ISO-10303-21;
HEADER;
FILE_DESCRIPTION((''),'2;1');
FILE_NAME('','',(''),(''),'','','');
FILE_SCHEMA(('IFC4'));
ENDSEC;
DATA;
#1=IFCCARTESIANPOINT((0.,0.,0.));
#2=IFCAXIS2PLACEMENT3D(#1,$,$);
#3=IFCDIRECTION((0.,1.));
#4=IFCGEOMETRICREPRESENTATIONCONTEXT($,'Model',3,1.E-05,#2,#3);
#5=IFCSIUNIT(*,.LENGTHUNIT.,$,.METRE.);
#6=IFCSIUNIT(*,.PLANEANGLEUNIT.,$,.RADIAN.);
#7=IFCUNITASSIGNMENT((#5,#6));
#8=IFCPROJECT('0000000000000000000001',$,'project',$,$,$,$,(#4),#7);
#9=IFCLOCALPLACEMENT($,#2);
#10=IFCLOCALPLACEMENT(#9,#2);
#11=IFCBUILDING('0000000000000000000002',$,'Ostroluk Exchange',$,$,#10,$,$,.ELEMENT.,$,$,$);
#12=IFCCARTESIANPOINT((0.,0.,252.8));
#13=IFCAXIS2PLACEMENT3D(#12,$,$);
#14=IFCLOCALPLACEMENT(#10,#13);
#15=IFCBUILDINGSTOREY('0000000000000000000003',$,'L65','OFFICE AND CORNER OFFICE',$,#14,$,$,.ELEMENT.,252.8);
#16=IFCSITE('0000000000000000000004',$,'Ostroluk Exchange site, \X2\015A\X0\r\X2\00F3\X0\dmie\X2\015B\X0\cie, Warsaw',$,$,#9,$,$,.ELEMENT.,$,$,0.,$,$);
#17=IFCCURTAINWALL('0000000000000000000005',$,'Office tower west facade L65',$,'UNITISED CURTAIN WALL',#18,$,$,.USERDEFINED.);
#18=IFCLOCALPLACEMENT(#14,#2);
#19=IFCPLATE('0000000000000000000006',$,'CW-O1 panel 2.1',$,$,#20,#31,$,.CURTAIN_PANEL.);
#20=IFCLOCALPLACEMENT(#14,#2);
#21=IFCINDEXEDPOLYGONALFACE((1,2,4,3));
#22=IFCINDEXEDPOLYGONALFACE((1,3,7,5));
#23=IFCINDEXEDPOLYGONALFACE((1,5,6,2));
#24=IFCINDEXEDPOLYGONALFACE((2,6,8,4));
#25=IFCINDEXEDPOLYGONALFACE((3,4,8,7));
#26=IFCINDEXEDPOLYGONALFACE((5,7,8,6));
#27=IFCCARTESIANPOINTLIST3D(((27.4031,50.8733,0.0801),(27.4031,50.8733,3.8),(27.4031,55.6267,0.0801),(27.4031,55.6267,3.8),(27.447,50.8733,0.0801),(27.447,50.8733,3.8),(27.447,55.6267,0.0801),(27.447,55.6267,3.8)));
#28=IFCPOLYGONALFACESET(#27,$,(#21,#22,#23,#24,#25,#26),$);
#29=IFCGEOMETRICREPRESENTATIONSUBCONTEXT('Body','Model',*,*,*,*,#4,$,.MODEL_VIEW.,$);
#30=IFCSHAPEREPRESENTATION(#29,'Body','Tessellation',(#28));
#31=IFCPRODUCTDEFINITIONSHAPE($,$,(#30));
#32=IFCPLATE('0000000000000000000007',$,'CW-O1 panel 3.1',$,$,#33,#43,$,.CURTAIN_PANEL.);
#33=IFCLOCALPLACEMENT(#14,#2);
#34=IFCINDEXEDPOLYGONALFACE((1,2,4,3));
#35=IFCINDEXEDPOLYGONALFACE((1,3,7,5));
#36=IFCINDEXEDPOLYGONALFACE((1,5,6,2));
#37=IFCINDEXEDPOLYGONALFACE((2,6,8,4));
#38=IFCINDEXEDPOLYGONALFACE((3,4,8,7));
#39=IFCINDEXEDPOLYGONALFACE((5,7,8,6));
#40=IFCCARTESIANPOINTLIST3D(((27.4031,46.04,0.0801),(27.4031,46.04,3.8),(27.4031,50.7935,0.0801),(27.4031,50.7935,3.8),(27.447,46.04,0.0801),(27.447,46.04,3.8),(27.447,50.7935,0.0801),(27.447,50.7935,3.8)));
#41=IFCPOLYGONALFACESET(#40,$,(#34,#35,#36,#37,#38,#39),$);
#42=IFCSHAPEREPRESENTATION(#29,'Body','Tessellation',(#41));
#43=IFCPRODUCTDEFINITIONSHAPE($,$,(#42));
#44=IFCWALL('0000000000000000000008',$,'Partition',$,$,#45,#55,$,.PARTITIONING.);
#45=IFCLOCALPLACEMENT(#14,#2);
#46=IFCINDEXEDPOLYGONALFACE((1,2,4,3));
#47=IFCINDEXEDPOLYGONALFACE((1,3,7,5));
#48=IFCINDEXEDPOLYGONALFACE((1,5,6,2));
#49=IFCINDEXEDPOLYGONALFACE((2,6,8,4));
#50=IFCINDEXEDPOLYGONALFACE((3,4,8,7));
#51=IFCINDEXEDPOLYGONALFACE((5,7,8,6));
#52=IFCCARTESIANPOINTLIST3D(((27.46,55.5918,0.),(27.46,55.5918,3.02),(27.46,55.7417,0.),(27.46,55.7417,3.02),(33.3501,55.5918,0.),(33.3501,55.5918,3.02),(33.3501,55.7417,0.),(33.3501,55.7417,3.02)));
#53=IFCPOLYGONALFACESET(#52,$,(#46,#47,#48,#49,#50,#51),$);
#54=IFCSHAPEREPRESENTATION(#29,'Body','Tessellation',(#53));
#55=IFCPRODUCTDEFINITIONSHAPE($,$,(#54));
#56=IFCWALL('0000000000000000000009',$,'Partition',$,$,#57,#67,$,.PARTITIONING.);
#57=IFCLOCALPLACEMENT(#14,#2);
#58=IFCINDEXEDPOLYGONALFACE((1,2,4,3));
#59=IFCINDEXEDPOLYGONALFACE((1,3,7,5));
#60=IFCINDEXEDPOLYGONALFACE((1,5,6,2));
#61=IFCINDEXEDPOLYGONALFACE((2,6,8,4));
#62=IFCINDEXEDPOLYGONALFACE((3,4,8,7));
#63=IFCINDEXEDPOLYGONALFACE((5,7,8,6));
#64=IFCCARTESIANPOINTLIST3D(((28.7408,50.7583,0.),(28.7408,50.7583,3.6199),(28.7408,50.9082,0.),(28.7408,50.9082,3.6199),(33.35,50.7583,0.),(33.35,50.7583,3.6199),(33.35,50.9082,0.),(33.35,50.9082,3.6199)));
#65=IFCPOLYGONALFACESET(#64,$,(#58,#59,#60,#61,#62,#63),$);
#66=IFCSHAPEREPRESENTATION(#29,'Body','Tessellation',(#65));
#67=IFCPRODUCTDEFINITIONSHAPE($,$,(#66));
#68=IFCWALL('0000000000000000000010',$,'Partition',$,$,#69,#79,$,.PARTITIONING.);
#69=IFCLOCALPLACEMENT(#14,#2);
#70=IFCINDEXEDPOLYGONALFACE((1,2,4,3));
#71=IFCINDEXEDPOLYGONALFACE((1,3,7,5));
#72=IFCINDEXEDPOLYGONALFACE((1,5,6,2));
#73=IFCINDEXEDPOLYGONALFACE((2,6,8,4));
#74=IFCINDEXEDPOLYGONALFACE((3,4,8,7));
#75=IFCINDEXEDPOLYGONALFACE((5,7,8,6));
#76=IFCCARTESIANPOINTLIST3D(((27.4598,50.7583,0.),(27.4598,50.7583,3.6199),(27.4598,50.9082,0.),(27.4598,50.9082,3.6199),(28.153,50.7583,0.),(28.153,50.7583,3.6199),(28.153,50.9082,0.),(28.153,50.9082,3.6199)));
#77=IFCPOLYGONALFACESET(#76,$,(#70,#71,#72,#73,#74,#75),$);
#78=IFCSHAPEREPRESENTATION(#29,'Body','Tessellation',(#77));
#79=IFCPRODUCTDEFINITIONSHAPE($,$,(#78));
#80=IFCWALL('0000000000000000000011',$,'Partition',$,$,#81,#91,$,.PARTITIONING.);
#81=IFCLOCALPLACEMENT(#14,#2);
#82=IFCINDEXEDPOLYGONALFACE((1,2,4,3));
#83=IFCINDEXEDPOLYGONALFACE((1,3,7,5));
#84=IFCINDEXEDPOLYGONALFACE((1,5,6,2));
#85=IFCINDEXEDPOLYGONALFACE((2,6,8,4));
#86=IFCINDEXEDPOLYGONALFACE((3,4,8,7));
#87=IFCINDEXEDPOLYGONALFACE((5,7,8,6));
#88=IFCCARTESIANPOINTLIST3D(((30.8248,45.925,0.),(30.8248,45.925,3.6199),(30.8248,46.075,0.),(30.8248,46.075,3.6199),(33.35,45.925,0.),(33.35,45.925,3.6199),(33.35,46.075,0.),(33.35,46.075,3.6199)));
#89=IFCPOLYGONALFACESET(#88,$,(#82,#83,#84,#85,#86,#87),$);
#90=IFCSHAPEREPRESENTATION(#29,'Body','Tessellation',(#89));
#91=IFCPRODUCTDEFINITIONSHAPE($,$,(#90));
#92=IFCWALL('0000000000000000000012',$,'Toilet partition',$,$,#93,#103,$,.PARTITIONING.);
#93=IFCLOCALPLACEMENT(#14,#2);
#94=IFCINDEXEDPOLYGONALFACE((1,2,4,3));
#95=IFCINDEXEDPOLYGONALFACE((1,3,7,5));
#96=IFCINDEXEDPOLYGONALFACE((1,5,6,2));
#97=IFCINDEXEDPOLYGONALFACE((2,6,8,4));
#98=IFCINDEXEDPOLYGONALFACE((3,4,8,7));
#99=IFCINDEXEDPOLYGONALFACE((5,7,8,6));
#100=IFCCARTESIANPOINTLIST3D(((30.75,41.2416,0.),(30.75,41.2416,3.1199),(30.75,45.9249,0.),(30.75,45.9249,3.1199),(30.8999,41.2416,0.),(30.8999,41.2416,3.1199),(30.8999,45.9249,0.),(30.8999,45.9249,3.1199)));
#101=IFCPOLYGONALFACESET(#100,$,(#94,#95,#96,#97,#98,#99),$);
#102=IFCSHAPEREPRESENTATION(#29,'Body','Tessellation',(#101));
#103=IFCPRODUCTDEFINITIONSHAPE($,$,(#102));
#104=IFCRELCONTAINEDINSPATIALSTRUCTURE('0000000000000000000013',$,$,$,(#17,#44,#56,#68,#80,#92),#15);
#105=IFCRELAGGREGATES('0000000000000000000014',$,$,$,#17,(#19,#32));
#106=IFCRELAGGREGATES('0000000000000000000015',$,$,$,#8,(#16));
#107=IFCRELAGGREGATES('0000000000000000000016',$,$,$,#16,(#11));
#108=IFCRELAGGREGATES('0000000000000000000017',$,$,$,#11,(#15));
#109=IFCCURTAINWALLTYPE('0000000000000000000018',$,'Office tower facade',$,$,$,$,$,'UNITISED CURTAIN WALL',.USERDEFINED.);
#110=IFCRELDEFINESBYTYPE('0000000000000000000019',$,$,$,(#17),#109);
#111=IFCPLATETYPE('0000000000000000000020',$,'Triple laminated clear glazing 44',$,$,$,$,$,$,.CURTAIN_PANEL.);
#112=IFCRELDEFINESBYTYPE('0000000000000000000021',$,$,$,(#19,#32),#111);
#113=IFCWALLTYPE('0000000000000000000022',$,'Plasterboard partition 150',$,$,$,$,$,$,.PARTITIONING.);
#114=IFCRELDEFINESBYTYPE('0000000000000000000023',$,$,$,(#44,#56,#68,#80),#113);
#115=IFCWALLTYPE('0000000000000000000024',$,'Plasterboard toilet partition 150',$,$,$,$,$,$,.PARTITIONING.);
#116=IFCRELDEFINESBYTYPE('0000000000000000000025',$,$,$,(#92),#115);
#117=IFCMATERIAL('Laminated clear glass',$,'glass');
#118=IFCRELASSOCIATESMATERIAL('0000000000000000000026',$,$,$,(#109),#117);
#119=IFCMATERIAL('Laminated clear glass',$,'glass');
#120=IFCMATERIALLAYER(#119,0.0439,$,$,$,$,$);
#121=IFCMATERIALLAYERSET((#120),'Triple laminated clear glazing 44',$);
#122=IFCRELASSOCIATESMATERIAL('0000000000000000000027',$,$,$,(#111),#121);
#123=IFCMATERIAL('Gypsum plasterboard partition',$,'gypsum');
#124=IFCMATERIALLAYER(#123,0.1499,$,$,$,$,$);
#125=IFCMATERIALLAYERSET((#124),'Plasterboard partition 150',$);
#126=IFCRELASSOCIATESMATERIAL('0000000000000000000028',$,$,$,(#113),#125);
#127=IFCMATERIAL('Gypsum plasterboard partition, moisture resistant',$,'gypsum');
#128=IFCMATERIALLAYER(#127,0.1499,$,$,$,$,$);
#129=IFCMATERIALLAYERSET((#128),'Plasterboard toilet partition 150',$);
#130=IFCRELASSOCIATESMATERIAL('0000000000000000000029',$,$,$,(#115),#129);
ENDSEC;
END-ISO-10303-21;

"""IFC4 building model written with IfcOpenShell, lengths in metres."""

from ifc_helpers import new_model, si_unit, direction, frame, frame_2d, origin, origin_2d, place, context, subcontext, project, spatial, rectangle, extrude, material, layer, layer_set, type_object, element, aggregate, save


model = new_model("IFC4")

# Units and contexts
model_context = context("Model", 3, precision=1e-05, world=origin(), true_north=direction((0.0, 1.0)))
body_context = subcontext(model_context, "Body", "Model", "MODEL_VIEW")
ifc_project = project(units=[si_unit("LENGTHUNIT", "METRE"), si_unit("PLANEANGLEUNIT", "RADIAN")], contexts=[model_context])

# Site, building, storey
site_placement = place(None, origin())
site = spatial("IfcSite", under=ifc_project, at=site_placement, Name="Ostroluk Exchange site, Śródmieście, Warsaw", CompositionType="ELEMENT", RefElevation=0.0)
building_placement = place(site_placement, origin())
building = spatial("IfcBuilding", under=site, at=building_placement, Name="Ostroluk Exchange", CompositionType="ELEMENT")
storey_placement = place(building_placement, frame((0.0, 0.0, 252.8)))
storey = spatial("IfcBuildingStorey", under=building, at=storey_placement, Name="L65", Description="OFFICE AND CORNER OFFICE", CompositionType="ELEMENT", Elevation=252.8)

# Curtain wall, plates
ifc_material_1 = material(Name="Laminated clear glass", Category="glass")
curtain_wall_type = type_object("IfcCurtainWallType", Name="Office tower facade", ElementType="UNITISED CURTAIN WALL", PredefinedType="USERDEFINED", material=ifc_material_1)
curtain_wall_placement = place(storey_placement, origin())
curtain_wall = element("IfcCurtainWall", 1, at=curtain_wall_placement, inside=storey, type_object=curtain_wall_type, Name="Office tower west facade L65", ObjectType="UNITISED CURTAIN WALL", PredefinedType="USERDEFINED")
ifc_material_2 = material(Name="Laminated clear glass", Category="glass")
ifc_layer_1 = layer(ifc_material_2, 0.0439)
ifc_layer_set_1 = layer_set([ifc_layer_1], Name="Triple laminated clear glazing 44")
plate_type = type_object("IfcPlateType", Name="Triple laminated clear glazing 44", PredefinedType="CURTAIN_PANEL", material=ifc_layer_set_1)
plate_1_placement = place(storey_placement, frame((27.425, 53.25, 0.0801), z_axis=(0.0, 0.0, 1.0), x_axis=(0.0, -1.0, 0.0)))
plate_1 = element("IfcPlate", 2, at=plate_1_placement, type_object=plate_type, Name="CW-O1 panel 2.1", PredefinedType="CURTAIN_PANEL", context=body_context, shape_type="SweptSolid", body=[
    extrude(rectangle(XDim=4.7534, YDim=0.0439, at=origin_2d()), origin(), (0.0, 0.0, 1.0), 3.72),
])
plate_2_placement = place(storey_placement, frame((27.425, 48.4167, 0.0801), z_axis=(0.0, 0.0, 1.0), x_axis=(0.0, -1.0, 0.0)))
plate_2 = element("IfcPlate", 3, at=plate_2_placement, type_object=plate_type, Name="CW-O1 panel 3.1", PredefinedType="CURTAIN_PANEL", context=body_context, shape_type="SweptSolid", body=[
    extrude(rectangle(XDim=4.7534, YDim=0.0439, at=origin_2d()), origin(), (0.0, 0.0, 1.0), 3.72),
])
aggregate(curtain_wall, [plate_1, plate_2])

# Walls
ifc_material_3 = material(Name="Gypsum plasterboard partition", Category="gypsum")
ifc_layer_2 = layer(ifc_material_3, 0.1499)
ifc_layer_set_2 = layer_set([ifc_layer_2], Name="Plasterboard partition 150")
wall_type_1 = type_object("IfcWallType", Name="Plasterboard partition 150", PredefinedType="PARTITIONING", material=ifc_layer_set_2)
wall_1_placement = place(storey_placement, frame((33.3501, 55.6667, 0.0), z_axis=(0.0, 0.0, 1.0), x_axis=(-1.0, 0.0, 0.0)))
element("IfcWall", 4, at=wall_1_placement, inside=storey, type_object=wall_type_1, Name="Partition", PredefinedType="PARTITIONING", context=body_context, shape_type="SweptSolid", body=[
    extrude(rectangle(XDim=5.8901, YDim=0.1499, at=frame_2d((2.9451, 0.0))), origin(), (0.0, 0.0, 1.0), 3.02),
])
wall_2_placement = place(storey_placement, frame((33.3501, 50.8333, 0.0), z_axis=(0.0, 0.0, 1.0), x_axis=(-1.0, 0.0, 0.0)))
element("IfcWall", 5, at=wall_2_placement, inside=storey, type_object=wall_type_1, Name="Partition", PredefinedType="PARTITIONING", context=body_context, shape_type="SweptSolid", body=[
    extrude(rectangle(XDim=4.6091, YDim=0.1499, at=frame_2d((2.3047, 0.0))), origin(), (0.0, 0.0, 1.0), 3.6199),
])
wall_3_placement = place(storey_placement, frame((28.1531, 50.8333, 0.0), z_axis=(0.0, 0.0, 1.0), x_axis=(-1.0, 0.0, 0.0)))
element("IfcWall", 6, at=wall_3_placement, inside=storey, type_object=wall_type_1, Name="Partition", PredefinedType="PARTITIONING", context=body_context, shape_type="SweptSolid", body=[
    extrude(rectangle(XDim=0.6931, YDim=0.1499, at=frame_2d((0.3467, 0.0))), origin(), (0.0, 0.0, 1.0), 3.6199),
])
wall_4_placement = place(storey_placement, frame((33.3501, 46.0, 0.0), z_axis=(0.0, 0.0, 1.0), x_axis=(-1.0, 0.0, 0.0)))
element("IfcWall", 7, at=wall_4_placement, inside=storey, type_object=wall_type_1, Name="Partition", PredefinedType="PARTITIONING", context=body_context, shape_type="SweptSolid", body=[
    extrude(rectangle(XDim=2.5251, YDim=0.1499, at=frame_2d((1.2627, 0.0))), origin(), (0.0, 0.0, 1.0), 3.6199),
])
ifc_material_4 = material(Name="Gypsum plasterboard partition, moisture resistant", Category="gypsum")
ifc_layer_3 = layer(ifc_material_4, 0.1499)
ifc_layer_set_3 = layer_set([ifc_layer_3], Name="Plasterboard toilet partition 150")
wall_type_2 = type_object("IfcWallType", Name="Plasterboard toilet partition 150", PredefinedType="PARTITIONING", material=ifc_layer_set_3)
wall_5_placement = place(storey_placement, frame((30.825, 45.925, 0.0), z_axis=(0.0, 0.0, 1.0), x_axis=(0.0, -1.0, 0.0)))
element("IfcWall", 8, at=wall_5_placement, inside=storey, type_object=wall_type_2, Name="Toilet partition", PredefinedType="PARTITIONING", context=body_context, shape_type="SweptSolid", body=[
    extrude(rectangle(XDim=4.6833, YDim=0.1499, at=frame_2d((2.3418, 0.0))), origin(), (0.0, 0.0, 1.0), 3.1199),
])

save(model, "model.ifc")
